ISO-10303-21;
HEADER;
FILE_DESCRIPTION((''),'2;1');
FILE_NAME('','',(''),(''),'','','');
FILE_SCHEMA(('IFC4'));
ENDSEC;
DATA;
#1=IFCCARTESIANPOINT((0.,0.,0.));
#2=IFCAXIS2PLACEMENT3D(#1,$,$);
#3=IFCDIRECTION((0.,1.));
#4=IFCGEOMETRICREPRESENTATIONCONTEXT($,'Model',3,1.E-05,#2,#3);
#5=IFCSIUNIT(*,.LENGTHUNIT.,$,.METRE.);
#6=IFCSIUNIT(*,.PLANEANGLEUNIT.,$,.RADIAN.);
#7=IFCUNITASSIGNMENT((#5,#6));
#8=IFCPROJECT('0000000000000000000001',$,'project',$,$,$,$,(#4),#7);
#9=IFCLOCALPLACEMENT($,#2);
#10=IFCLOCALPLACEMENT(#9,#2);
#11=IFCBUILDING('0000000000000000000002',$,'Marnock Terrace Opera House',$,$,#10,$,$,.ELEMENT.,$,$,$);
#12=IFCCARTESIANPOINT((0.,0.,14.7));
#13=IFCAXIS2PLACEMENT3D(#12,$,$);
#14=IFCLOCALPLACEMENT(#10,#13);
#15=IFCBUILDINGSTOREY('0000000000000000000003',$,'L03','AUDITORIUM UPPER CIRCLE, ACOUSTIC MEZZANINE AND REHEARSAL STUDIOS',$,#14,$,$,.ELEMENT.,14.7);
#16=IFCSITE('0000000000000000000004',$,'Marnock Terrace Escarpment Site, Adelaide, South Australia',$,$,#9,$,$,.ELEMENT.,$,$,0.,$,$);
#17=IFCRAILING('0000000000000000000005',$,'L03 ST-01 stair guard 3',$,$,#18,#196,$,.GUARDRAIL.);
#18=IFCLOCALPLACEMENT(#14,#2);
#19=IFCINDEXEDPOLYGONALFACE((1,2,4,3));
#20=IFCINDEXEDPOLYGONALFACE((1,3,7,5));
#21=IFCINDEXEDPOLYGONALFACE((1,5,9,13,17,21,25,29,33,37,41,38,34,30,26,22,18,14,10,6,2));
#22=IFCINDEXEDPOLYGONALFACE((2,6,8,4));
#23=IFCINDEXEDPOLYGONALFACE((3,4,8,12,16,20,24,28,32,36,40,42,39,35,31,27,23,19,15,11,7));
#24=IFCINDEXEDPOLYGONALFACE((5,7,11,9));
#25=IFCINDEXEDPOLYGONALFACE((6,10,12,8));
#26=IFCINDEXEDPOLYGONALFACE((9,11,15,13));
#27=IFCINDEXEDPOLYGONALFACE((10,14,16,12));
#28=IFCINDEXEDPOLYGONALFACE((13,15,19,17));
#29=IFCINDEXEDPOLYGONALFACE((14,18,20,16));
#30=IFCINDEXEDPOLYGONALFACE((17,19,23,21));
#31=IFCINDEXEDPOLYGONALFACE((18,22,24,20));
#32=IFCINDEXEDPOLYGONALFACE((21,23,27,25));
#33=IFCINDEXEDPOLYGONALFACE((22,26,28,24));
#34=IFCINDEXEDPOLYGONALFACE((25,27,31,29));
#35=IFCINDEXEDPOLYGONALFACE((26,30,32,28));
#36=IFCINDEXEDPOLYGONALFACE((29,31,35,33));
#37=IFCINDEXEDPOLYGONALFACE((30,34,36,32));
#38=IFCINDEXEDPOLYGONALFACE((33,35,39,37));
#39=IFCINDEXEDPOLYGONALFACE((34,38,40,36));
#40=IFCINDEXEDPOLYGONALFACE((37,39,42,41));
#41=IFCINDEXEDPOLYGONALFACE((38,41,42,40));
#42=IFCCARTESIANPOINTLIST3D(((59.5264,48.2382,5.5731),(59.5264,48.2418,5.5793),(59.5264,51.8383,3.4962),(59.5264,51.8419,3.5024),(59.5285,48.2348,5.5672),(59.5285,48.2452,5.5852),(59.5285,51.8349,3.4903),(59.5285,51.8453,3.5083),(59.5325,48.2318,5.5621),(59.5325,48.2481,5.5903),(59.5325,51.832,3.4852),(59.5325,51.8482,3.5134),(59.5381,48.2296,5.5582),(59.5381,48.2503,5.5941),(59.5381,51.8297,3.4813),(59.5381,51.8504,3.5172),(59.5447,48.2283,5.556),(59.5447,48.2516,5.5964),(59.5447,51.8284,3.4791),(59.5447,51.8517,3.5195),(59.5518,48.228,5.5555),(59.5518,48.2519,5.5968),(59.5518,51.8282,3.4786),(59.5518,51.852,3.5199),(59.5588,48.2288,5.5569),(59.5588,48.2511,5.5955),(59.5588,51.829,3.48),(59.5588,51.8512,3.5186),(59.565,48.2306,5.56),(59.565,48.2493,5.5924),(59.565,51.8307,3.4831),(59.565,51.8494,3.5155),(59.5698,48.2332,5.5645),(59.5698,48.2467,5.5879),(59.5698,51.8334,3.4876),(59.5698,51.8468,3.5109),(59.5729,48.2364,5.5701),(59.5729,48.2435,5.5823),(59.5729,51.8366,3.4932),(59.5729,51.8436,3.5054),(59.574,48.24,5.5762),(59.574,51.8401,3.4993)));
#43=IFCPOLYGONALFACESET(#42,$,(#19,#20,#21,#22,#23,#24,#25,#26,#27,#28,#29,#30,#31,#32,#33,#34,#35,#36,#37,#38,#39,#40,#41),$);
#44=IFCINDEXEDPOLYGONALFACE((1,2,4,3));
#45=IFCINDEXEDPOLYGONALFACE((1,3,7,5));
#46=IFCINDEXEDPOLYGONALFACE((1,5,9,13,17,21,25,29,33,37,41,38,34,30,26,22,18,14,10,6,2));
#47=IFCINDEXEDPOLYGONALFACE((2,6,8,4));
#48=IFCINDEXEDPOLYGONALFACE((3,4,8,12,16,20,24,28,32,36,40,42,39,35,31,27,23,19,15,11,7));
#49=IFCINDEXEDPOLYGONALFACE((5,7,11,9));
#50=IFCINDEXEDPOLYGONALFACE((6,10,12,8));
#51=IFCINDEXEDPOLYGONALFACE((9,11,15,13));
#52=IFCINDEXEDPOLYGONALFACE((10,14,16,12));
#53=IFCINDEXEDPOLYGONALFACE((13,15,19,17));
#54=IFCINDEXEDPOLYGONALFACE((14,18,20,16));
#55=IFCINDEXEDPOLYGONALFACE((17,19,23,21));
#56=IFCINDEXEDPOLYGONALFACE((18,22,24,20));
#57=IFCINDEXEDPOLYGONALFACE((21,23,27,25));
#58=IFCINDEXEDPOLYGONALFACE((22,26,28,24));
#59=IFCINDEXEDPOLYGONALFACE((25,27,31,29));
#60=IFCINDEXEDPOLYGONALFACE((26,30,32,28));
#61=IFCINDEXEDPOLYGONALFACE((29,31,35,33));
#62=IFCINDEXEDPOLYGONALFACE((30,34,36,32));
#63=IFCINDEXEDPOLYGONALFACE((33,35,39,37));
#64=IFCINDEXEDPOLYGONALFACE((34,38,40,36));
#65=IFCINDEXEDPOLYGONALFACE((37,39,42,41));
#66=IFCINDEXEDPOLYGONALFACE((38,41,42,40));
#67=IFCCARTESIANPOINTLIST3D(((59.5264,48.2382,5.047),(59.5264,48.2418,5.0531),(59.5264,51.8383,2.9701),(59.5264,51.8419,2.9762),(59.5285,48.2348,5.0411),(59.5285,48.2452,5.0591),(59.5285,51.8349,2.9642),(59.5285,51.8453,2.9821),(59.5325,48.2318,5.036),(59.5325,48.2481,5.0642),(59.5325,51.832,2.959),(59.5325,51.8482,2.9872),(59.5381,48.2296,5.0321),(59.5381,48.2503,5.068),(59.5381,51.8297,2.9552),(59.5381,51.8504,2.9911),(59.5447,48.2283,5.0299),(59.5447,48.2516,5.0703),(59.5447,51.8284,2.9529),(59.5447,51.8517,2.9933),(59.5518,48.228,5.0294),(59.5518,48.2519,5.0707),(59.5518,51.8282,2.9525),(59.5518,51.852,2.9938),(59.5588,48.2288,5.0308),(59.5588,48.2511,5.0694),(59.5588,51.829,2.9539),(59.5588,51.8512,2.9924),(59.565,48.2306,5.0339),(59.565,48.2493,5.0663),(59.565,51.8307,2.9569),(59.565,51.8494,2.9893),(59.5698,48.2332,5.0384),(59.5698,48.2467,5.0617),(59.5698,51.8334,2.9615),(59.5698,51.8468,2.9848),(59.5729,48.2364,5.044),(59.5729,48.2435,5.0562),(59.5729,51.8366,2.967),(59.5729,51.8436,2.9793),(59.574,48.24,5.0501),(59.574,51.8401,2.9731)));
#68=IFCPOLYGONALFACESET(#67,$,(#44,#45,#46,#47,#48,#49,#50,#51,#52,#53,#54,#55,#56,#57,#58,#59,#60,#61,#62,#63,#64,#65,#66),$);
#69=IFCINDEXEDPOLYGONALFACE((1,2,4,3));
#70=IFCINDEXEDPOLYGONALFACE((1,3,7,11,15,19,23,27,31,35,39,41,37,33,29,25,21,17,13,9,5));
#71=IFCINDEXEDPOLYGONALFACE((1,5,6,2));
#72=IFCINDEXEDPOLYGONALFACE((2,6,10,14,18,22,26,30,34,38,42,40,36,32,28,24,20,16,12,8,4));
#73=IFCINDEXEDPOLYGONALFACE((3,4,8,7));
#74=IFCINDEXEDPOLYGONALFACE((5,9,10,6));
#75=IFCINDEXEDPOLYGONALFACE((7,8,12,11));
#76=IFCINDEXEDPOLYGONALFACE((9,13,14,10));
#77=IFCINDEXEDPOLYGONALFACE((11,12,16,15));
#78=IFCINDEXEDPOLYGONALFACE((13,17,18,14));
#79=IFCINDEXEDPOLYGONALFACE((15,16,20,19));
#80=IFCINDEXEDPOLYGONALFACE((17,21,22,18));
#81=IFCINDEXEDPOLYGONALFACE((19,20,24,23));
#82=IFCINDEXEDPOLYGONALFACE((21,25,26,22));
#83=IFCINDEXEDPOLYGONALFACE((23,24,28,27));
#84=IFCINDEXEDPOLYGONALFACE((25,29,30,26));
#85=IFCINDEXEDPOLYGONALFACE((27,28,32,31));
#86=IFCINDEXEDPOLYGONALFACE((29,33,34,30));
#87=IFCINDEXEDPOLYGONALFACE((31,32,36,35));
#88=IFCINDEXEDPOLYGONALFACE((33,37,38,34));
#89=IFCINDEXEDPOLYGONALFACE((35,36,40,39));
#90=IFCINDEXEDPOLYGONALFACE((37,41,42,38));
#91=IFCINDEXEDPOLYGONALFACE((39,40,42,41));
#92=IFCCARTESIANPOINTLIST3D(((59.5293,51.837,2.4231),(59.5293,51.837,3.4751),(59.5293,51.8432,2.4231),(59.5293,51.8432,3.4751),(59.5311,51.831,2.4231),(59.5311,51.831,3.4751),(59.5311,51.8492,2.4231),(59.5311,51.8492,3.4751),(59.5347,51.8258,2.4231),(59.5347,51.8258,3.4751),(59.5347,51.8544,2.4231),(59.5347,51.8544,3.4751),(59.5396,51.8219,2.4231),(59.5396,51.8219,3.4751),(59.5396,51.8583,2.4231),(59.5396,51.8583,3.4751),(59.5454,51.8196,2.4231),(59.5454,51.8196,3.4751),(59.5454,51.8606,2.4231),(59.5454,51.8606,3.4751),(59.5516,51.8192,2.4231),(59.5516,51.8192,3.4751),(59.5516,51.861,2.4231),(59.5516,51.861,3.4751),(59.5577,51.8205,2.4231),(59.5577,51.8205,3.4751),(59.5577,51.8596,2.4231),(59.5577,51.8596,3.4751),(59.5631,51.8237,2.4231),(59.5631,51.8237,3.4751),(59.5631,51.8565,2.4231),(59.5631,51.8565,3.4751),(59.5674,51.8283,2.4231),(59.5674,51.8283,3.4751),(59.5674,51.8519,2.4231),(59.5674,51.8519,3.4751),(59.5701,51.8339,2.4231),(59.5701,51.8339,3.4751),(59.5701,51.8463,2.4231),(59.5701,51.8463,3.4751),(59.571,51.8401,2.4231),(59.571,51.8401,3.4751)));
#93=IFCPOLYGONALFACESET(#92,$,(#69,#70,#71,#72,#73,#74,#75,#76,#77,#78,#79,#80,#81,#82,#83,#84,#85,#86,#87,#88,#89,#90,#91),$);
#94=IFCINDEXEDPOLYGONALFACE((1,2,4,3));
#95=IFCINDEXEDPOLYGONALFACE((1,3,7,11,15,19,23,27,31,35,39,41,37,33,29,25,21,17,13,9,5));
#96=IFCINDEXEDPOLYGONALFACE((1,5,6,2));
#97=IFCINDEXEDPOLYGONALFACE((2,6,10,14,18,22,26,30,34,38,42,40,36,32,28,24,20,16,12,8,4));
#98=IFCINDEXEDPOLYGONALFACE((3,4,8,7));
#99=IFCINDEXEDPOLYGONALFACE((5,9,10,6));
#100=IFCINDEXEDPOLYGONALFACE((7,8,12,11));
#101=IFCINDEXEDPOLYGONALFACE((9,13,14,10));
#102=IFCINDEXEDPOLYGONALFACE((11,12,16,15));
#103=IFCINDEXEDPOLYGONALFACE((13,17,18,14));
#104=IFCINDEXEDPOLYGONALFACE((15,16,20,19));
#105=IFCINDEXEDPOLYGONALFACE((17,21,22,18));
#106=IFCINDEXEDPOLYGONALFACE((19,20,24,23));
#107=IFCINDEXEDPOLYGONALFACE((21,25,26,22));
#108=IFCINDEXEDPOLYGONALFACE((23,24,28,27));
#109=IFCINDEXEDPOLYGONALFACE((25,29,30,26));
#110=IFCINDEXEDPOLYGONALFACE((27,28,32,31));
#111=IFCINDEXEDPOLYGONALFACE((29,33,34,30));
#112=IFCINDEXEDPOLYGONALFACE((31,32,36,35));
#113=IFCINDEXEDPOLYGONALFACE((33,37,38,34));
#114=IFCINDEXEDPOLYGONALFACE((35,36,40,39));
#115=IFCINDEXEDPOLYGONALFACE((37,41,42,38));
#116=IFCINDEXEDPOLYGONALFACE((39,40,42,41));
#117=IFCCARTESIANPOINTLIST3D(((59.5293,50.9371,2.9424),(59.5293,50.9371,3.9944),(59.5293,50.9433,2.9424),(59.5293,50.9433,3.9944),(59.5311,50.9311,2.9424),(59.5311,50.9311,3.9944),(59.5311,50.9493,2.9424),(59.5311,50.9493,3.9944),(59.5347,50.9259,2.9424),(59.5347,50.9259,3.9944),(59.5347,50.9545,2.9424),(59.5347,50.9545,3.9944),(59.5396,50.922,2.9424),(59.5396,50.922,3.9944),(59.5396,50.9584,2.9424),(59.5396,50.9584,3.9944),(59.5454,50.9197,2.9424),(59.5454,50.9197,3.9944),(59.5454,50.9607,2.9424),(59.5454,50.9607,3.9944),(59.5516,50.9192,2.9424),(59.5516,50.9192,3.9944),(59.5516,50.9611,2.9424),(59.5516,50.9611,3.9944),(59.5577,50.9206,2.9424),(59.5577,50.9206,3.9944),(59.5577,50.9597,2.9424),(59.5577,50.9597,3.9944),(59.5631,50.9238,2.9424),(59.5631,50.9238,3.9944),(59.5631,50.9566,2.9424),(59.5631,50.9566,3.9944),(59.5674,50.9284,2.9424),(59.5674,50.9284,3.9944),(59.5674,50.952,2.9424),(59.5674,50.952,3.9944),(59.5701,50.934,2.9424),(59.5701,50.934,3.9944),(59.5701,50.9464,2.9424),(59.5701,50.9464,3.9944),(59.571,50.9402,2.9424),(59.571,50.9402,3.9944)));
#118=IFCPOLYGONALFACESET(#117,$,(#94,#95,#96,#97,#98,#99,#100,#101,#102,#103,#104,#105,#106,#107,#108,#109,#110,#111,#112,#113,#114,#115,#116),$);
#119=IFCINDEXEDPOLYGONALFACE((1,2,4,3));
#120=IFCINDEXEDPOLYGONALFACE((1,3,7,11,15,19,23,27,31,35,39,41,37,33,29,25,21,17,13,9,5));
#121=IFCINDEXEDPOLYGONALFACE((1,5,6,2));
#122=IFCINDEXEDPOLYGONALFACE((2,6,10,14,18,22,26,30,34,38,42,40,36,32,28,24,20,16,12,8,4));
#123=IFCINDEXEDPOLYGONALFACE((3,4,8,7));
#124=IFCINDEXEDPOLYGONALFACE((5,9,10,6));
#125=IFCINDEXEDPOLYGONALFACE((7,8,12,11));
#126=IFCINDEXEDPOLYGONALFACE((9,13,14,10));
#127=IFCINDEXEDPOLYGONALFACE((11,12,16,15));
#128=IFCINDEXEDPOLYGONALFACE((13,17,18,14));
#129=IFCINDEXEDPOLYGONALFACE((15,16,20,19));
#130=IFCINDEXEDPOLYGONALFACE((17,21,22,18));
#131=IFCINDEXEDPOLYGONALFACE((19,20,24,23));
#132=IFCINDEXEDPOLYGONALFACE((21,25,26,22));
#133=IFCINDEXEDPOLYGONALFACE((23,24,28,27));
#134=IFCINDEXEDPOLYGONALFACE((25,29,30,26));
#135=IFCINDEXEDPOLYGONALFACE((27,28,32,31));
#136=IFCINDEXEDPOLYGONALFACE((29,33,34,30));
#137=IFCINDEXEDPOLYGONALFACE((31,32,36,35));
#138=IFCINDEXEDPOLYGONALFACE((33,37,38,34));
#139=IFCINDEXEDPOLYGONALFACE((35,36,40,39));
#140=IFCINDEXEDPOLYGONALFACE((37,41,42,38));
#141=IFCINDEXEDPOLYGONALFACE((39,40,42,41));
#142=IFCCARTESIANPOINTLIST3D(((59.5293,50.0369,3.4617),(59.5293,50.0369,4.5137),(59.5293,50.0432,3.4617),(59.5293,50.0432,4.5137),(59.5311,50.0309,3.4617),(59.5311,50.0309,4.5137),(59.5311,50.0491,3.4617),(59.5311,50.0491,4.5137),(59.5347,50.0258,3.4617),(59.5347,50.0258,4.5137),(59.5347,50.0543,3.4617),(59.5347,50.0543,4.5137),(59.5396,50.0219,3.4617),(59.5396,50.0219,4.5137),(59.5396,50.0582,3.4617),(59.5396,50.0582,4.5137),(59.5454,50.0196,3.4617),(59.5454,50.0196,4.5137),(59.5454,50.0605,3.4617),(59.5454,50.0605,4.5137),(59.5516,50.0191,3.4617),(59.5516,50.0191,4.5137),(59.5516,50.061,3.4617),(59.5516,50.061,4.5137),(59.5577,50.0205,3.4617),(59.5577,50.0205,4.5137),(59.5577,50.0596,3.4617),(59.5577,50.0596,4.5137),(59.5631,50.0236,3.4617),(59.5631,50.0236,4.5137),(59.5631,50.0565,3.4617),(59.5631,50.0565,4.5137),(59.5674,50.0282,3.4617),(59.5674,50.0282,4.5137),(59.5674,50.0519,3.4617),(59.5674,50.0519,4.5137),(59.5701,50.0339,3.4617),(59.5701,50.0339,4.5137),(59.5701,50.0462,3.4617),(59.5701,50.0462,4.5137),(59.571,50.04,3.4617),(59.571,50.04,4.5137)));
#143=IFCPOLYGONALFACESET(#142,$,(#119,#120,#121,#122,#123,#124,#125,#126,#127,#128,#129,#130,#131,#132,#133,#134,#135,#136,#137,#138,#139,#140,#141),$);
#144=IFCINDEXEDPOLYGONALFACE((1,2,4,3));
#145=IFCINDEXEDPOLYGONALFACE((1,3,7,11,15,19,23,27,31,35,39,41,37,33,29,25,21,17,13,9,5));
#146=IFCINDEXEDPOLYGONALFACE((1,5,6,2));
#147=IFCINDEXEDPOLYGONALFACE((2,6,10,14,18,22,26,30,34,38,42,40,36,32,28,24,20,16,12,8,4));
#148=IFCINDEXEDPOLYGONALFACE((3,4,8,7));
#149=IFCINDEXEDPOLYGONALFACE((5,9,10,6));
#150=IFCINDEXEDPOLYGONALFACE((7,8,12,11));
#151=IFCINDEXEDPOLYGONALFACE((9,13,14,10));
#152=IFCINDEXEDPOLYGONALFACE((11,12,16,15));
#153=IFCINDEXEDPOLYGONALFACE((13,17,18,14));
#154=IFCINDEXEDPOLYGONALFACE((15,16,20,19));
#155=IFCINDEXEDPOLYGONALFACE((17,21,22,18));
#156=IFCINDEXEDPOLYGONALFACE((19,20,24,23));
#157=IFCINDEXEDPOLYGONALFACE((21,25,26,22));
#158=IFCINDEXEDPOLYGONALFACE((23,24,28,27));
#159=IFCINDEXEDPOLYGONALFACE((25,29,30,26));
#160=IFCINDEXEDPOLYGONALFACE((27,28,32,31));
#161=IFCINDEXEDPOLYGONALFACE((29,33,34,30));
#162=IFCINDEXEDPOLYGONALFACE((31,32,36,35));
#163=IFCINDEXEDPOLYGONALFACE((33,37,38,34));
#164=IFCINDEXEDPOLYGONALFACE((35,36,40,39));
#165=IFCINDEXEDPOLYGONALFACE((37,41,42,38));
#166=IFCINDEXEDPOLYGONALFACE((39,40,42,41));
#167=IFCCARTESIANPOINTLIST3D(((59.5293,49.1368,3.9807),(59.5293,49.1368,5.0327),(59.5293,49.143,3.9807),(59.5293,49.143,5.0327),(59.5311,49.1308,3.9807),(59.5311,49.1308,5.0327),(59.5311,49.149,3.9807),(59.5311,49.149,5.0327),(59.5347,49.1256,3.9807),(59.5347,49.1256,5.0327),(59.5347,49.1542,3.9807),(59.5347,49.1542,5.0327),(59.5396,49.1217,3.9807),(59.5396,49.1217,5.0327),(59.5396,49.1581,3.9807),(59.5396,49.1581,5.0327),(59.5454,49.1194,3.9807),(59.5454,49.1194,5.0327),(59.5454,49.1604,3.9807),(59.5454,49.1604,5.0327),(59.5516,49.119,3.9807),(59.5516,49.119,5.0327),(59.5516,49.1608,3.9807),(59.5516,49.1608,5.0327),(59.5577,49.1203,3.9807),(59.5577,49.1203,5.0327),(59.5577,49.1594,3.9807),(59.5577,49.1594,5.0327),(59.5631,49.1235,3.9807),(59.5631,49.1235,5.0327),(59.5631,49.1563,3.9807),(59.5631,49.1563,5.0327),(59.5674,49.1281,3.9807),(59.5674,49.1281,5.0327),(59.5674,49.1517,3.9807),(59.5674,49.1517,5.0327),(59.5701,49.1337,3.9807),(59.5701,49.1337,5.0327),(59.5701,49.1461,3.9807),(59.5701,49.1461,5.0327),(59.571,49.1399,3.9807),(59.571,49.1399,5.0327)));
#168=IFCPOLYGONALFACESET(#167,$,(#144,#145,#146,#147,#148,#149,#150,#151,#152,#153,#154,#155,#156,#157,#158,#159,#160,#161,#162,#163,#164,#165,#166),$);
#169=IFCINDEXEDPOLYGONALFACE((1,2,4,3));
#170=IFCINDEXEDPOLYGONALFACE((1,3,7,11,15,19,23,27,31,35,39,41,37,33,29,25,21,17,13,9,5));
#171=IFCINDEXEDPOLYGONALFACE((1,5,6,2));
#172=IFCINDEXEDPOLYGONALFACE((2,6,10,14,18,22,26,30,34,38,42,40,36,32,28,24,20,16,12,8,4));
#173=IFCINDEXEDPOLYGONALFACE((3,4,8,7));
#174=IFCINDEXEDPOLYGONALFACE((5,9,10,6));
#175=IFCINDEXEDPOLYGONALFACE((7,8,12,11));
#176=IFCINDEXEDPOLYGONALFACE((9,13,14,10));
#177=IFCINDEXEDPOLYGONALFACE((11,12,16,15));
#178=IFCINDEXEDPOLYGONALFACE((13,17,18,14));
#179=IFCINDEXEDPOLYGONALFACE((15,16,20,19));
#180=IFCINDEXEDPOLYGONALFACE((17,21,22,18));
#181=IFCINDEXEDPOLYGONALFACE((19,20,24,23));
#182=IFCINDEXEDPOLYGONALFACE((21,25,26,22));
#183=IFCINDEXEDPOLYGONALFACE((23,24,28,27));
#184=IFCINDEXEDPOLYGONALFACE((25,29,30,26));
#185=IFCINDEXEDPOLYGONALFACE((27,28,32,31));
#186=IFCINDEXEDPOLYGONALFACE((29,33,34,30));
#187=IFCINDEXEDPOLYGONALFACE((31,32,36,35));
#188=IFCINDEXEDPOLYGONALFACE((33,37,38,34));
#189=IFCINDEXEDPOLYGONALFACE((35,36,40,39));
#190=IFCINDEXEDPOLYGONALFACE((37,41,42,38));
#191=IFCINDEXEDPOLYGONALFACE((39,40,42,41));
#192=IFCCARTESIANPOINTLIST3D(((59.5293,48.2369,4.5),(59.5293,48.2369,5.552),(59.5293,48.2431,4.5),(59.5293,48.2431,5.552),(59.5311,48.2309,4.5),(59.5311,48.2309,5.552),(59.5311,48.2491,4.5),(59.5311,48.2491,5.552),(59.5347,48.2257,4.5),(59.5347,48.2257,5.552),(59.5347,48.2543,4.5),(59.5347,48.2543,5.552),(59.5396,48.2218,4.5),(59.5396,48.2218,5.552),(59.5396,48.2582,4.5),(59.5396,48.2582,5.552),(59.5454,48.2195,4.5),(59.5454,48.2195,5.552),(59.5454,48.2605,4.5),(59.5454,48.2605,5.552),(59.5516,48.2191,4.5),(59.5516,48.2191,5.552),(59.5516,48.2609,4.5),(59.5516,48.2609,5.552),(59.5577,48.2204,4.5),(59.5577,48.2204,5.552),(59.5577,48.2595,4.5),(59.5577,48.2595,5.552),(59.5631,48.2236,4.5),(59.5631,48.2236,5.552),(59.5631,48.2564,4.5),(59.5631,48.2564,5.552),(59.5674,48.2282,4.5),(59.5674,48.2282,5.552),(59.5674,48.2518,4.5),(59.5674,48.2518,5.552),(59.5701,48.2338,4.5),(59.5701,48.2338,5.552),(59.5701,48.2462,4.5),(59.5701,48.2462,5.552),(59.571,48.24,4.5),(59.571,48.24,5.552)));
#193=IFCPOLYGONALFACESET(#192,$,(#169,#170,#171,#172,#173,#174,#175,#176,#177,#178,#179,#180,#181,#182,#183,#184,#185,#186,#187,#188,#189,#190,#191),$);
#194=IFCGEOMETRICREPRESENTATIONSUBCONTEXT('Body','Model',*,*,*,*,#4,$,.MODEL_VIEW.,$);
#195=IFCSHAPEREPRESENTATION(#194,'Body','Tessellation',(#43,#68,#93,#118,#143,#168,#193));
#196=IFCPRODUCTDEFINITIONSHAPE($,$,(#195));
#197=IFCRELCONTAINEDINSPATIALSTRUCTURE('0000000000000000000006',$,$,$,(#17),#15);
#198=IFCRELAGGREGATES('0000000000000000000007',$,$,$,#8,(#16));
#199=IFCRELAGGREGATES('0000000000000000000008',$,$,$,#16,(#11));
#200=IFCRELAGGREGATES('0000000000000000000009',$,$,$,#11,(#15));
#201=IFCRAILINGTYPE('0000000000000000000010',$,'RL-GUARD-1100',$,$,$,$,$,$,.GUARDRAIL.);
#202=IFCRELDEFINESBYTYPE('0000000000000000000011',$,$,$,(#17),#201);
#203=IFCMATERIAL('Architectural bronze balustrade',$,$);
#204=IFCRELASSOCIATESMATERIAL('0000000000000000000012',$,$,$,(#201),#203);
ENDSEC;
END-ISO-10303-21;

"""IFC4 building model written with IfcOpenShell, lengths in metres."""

from ifc_helpers import new_model, si_unit, direction, frame, origin, origin_2d, place, context, subcontext, project, spatial, circle, extrude, material, type_object, element, save


model = new_model("IFC4")

# Units and contexts
model_context = context("Model", 3, precision=1e-05, world=origin(), true_north=direction((0.0, 1.0)))
body_context = subcontext(model_context, "Body", "Model", "MODEL_VIEW")
ifc_project = project(units=[si_unit("LENGTHUNIT", "METRE"), si_unit("PLANEANGLEUNIT", "RADIAN")], contexts=[model_context])

# Site, building, storey
site_placement = place(None, origin())
site = spatial("IfcSite", under=ifc_project, at=site_placement, Name="Marnock Terrace Escarpment Site, Adelaide, South Australia", CompositionType="ELEMENT", RefElevation=0.0)
building_placement = place(site_placement, origin())
building = spatial("IfcBuilding", under=site, at=building_placement, Name="Marnock Terrace Opera House", CompositionType="ELEMENT")
storey_placement = place(building_placement, frame((0.0, 0.0, 14.7)))
storey = spatial("IfcBuildingStorey", under=building, at=storey_placement, Name="L03", Description="AUDITORIUM UPPER CIRCLE, ACOUSTIC MEZZANINE AND REHEARSAL STUDIOS", CompositionType="ELEMENT", Elevation=14.7)

# Railing
ifc_material_1 = material(Name="Architectural bronze balustrade")
railing_type_1 = type_object("IfcRailingType", Name="RL-GUARD-1100", PredefinedType="GUARDRAIL", material=ifc_material_1)
railing_1_placement = place(storey_placement, frame((59.55, 51.8401, 2.4231)))
element("IfcRailing", 1, at=railing_1_placement, inside=storey, type_object=railing_type_1, Name="L03 ST-01 stair guard 3", PredefinedType="GUARDRAIL", context=body_context, shape_type="SweptSolid", body=[
    extrude(circle(Radius=0.0239, at=origin_2d()), frame((0.0, 0.0, 1.0762), z_axis=(0.0, -0.866193, 0.499709), x_axis=(1.0, 0.0, 0.0)), (0.0, 0.0, 1.0), 4.1562),
    extrude(circle(Radius=0.0239, at=origin_2d()), frame((0.0, 0.0, 0.55), z_axis=(0.0, -0.866193, 0.499709), x_axis=(1.0, 0.0, 0.0)), (0.0, 0.0, 1.0), 4.1562),
    extrude(circle(Radius=0.021, at=origin_2d()), origin(), (0.0, 0.0, 1.0), 1.052),
    extrude(circle(Radius=0.021, at=origin_2d()), frame((0.0, -0.8999, 0.5193)), (0.0, 0.0, 1.0), 1.052),
    extrude(circle(Radius=0.021, at=origin_2d()), frame((0.0, -1.8, 1.0386)), (0.0, 0.0, 1.0), 1.052),
    extrude(circle(Radius=0.021, at=origin_2d()), frame((0.0, -2.7002, 1.5576)), (0.0, 0.0, 1.0), 1.052),
    extrude(circle(Radius=0.021, at=origin_2d()), frame((0.0, -3.6001, 2.0769)), (0.0, 0.0, 1.0), 1.052),
])

save(model, "model.ifc")
